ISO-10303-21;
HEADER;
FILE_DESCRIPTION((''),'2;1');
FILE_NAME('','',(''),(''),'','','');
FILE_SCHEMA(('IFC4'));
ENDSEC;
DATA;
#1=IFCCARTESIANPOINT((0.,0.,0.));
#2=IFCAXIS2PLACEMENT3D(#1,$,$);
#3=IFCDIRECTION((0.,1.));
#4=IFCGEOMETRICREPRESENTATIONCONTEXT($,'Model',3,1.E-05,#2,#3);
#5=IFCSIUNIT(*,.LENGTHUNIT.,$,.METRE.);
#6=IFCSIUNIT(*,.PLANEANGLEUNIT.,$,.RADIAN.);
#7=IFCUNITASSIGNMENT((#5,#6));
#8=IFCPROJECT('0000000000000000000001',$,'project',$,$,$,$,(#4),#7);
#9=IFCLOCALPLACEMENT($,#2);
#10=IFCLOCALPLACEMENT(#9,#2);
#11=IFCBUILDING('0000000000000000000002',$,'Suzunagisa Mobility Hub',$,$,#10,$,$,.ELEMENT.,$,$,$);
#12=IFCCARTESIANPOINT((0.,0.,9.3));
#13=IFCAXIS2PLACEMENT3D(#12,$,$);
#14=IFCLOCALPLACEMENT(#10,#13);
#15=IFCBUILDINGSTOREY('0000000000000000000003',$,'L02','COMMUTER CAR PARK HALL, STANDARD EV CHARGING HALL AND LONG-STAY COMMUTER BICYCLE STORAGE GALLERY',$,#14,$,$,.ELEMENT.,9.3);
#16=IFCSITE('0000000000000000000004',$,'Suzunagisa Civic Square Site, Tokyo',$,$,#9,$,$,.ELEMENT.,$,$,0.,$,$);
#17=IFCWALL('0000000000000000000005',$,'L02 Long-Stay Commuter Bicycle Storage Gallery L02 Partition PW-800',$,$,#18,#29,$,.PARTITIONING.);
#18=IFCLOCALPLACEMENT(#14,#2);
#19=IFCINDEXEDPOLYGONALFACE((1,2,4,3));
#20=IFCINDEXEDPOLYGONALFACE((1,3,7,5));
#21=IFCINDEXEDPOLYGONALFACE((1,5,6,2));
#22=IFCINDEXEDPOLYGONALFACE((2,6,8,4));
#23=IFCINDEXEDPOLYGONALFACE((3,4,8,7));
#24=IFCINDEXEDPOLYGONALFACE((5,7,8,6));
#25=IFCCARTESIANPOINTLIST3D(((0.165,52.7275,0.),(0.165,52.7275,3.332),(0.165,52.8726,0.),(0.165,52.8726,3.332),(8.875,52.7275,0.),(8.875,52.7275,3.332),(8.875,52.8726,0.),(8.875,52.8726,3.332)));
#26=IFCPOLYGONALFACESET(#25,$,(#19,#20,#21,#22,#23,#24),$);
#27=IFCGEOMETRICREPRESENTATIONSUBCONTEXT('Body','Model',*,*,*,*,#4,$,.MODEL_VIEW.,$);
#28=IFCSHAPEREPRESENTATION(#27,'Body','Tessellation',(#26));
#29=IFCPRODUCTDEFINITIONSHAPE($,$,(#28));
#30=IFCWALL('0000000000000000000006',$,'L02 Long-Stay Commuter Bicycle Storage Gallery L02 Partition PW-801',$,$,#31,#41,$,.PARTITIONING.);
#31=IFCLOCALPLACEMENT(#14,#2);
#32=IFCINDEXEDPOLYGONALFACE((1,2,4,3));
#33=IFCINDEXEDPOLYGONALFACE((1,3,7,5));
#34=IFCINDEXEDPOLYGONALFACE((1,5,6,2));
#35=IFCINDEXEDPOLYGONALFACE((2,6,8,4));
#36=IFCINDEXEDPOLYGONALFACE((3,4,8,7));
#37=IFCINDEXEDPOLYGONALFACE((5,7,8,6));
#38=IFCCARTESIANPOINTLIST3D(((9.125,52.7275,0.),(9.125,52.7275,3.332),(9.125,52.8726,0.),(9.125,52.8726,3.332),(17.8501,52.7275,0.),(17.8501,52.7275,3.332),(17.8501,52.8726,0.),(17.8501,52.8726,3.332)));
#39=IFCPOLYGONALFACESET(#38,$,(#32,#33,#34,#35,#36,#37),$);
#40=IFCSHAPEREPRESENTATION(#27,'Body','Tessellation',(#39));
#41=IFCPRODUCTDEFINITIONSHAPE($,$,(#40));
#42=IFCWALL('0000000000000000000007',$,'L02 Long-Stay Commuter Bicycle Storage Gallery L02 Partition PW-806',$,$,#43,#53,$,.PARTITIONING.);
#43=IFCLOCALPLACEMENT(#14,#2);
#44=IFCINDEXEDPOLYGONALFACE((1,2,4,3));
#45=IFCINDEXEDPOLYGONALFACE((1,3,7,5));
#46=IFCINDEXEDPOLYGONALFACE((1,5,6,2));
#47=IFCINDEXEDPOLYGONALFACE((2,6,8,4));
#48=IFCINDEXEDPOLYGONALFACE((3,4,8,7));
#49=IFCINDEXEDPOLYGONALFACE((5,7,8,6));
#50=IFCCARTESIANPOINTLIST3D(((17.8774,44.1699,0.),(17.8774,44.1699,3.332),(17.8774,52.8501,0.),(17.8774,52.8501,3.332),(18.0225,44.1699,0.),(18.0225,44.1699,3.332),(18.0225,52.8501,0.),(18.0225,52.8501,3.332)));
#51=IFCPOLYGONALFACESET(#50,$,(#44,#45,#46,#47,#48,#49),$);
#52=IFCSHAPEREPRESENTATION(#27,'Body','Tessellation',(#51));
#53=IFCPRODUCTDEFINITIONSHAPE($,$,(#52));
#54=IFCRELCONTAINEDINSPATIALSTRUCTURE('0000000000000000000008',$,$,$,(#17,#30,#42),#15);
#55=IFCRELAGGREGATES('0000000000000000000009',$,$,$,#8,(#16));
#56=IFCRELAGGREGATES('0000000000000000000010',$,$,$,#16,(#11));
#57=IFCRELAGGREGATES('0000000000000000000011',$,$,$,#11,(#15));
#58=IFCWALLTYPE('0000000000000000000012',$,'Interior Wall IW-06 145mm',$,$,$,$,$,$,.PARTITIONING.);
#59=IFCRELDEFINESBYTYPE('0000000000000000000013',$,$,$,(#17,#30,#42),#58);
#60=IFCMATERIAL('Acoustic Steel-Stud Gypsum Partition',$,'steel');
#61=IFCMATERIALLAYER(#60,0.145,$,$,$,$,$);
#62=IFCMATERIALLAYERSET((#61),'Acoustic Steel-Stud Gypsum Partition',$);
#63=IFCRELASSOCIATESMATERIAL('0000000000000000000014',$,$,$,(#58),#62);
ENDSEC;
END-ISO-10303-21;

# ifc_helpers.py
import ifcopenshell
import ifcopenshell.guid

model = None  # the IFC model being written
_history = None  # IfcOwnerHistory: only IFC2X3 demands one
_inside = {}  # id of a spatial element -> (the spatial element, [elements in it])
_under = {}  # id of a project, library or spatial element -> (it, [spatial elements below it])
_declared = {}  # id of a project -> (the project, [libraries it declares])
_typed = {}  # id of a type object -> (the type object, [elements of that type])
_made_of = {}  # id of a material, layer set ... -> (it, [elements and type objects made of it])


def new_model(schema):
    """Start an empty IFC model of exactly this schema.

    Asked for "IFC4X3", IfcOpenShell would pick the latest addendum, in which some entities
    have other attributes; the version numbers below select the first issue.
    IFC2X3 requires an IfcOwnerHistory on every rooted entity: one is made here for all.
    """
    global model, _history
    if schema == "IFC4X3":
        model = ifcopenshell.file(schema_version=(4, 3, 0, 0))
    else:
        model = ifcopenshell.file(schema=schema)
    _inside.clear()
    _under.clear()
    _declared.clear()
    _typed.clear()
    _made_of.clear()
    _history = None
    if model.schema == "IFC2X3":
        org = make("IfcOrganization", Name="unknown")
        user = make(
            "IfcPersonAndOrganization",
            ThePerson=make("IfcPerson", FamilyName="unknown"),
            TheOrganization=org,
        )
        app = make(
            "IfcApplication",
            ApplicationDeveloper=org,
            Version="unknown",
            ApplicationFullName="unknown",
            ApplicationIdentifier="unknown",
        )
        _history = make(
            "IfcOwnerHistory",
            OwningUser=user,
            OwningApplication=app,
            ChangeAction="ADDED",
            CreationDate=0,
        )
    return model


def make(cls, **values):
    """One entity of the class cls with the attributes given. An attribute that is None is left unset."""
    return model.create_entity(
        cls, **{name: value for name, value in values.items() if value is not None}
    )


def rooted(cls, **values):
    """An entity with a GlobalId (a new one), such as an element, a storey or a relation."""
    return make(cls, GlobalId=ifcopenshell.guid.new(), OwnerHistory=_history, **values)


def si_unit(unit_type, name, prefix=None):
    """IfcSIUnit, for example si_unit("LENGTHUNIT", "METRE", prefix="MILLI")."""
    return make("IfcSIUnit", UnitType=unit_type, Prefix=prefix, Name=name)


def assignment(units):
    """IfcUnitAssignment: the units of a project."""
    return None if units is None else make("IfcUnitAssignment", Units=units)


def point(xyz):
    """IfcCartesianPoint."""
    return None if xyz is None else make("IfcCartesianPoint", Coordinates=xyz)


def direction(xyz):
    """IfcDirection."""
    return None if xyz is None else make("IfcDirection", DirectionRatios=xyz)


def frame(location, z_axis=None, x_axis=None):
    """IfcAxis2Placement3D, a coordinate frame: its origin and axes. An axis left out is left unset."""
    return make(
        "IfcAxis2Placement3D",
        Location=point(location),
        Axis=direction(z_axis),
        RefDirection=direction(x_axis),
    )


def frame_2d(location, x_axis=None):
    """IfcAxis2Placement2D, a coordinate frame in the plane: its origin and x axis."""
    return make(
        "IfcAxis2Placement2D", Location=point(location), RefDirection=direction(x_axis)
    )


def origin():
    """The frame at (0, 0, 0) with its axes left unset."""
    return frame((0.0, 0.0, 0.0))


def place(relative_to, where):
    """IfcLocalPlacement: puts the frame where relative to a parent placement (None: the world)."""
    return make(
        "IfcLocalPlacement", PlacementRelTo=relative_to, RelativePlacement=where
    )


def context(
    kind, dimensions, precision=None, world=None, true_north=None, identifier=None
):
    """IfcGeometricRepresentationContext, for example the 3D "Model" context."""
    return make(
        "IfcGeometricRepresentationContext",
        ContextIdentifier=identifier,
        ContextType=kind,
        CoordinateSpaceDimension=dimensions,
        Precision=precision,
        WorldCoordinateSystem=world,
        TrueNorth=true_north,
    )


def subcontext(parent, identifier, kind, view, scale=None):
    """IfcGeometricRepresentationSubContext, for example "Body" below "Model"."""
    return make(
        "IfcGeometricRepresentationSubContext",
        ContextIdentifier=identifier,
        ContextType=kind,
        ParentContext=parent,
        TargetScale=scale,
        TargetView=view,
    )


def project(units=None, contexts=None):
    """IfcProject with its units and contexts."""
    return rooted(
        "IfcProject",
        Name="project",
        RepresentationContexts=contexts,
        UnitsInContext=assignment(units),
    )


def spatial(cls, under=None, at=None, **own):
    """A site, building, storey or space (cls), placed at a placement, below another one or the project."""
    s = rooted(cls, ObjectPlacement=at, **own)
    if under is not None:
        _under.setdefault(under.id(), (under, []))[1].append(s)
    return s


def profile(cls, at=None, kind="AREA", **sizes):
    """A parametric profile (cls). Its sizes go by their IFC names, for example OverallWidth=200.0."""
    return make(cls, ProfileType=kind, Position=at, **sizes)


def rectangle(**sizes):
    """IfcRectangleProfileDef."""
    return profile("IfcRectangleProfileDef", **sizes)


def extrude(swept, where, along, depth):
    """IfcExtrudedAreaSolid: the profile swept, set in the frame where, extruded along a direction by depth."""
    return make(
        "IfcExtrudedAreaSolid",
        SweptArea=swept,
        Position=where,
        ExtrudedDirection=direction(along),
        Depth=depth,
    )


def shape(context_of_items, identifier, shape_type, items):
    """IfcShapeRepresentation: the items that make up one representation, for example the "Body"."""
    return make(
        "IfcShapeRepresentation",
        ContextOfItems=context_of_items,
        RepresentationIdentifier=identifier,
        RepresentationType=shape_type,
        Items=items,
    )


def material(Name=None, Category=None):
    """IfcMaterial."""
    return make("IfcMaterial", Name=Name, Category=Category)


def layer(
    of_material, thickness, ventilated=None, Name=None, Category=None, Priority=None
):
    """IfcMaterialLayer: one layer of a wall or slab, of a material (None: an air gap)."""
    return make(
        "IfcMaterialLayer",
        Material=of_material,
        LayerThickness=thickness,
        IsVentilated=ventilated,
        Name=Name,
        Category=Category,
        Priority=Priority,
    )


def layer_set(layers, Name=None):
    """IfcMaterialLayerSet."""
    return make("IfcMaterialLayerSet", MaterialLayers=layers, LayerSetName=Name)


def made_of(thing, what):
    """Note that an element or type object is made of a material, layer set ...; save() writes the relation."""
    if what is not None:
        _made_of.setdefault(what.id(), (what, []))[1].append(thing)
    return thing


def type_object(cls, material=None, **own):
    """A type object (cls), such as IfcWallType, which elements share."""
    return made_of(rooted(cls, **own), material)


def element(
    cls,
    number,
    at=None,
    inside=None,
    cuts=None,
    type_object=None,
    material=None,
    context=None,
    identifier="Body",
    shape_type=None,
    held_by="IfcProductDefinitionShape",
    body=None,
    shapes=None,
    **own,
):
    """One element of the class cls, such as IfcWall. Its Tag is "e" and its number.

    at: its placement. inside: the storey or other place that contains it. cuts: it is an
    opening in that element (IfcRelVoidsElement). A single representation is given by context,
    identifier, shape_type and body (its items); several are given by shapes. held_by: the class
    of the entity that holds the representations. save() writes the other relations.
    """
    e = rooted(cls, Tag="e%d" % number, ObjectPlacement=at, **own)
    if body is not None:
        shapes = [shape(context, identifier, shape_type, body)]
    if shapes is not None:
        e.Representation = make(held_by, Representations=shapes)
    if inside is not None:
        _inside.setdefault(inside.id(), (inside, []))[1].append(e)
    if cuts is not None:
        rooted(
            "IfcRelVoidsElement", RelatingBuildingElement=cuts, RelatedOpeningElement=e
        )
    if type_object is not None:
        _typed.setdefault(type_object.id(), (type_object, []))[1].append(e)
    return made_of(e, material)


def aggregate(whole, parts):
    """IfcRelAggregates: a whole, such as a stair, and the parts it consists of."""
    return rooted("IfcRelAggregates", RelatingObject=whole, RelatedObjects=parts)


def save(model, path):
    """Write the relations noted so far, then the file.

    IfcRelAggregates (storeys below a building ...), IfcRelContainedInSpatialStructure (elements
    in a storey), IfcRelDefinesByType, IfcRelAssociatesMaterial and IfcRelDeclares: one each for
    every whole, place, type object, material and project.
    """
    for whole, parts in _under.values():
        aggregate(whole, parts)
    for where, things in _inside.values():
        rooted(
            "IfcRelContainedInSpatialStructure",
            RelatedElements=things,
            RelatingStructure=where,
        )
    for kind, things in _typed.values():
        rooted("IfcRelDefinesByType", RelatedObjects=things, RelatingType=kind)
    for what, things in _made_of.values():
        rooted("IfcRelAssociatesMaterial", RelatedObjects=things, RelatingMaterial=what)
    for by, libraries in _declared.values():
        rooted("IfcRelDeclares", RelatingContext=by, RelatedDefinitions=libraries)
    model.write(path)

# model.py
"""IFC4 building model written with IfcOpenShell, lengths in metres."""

from ifc_helpers import new_model, si_unit, direction, frame, frame_2d, origin, place, context, subcontext, project, spatial, rectangle, extrude, material, layer, layer_set, type_object, element, save


model = new_model("IFC4")

# Units and contexts
model_context = context("Model", 3, precision=1e-05, world=origin(), true_north=direction((0.0, 1.0)))
body_context = subcontext(model_context, "Body", "Model", "MODEL_VIEW")
ifc_project = project(units=[si_unit("LENGTHUNIT", "METRE"), si_unit("PLANEANGLEUNIT", "RADIAN")], contexts=[model_context])

# Site, building, storey
site_placement = place(None, origin())
site = spatial("IfcSite", under=ifc_project, at=site_placement, Name="Suzunagisa Civic Square Site, Tokyo", CompositionType="ELEMENT", RefElevation=0.0)
building_placement = place(site_placement, origin())
building = spatial("IfcBuilding", under=site, at=building_placement, Name="Suzunagisa Mobility Hub", CompositionType="ELEMENT")
storey_placement = place(building_placement, frame((0.0, 0.0, 9.3)))
storey = spatial("IfcBuildingStorey", under=building, at=storey_placement, Name="L02", Description="COMMUTER CAR PARK HALL, STANDARD EV CHARGING HALL AND LONG-STAY COMMUTER BICYCLE STORAGE GALLERY", CompositionType="ELEMENT", Elevation=9.3)

# Walls
ifc_material_1 = material(Name="Acoustic Steel-Stud Gypsum Partition", Category="steel")
ifc_layer_1 = layer(ifc_material_1, 0.145)
ifc_layer_set_1 = layer_set([ifc_layer_1], Name="Acoustic Steel-Stud Gypsum Partition")
wall_type_1 = type_object("IfcWallType", Name="Interior Wall IW-06 145mm", PredefinedType="PARTITIONING", material=ifc_layer_set_1)
wall_1_placement = place(storey_placement, frame((0.165, 52.8, 0.0), z_axis=(0.0, 0.0, 1.0), x_axis=(1.0, 0.0, 0.0)))
element("IfcWall", 1, at=wall_1_placement, inside=storey, type_object=wall_type_1, Name="L02 Long-Stay Commuter Bicycle Storage Gallery L02 Partition PW-800", PredefinedType="PARTITIONING", context=body_context, shape_type="SweptSolid", body=[
    extrude(rectangle(XDim=8.71, YDim=0.145, at=frame_2d((4.355, 0.0))), origin(), (0.0, 0.0, 1.0), 3.332),
])
wall_2_placement = place(storey_placement, frame((9.125, 52.8, 0.0), z_axis=(0.0, 0.0, 1.0), x_axis=(1.0, 0.0, 0.0)))
element("IfcWall", 2, at=wall_2_placement, inside=storey, type_object=wall_type_1, Name="L02 Long-Stay Commuter Bicycle Storage Gallery L02 Partition PW-801", PredefinedType="PARTITIONING", context=body_context, shape_type="SweptSolid", body=[
    extrude(rectangle(XDim=8.7251, YDim=0.145, at=frame_2d((4.3625, 0.0))), origin(), (0.0, 0.0, 1.0), 3.332),
])
wall_3_placement = place(storey_placement, frame((17.95, 44.1699, 0.0), z_axis=(0.0, 0.0, 1.0), x_axis=(0.0, 1.0, 0.0)))
element("IfcWall", 3, at=wall_3_placement, inside=storey, type_object=wall_type_1, Name="L02 Long-Stay Commuter Bicycle Storage Gallery L02 Partition PW-806", PredefinedType="PARTITIONING", context=body_context, shape_type="SweptSolid", body=[
    extrude(rectangle(XDim=8.6802, YDim=0.145, at=frame_2d((4.3401, 0.0))), origin(), (0.0, 0.0, 1.0), 3.332),
])

save(model, "model.ifc")
